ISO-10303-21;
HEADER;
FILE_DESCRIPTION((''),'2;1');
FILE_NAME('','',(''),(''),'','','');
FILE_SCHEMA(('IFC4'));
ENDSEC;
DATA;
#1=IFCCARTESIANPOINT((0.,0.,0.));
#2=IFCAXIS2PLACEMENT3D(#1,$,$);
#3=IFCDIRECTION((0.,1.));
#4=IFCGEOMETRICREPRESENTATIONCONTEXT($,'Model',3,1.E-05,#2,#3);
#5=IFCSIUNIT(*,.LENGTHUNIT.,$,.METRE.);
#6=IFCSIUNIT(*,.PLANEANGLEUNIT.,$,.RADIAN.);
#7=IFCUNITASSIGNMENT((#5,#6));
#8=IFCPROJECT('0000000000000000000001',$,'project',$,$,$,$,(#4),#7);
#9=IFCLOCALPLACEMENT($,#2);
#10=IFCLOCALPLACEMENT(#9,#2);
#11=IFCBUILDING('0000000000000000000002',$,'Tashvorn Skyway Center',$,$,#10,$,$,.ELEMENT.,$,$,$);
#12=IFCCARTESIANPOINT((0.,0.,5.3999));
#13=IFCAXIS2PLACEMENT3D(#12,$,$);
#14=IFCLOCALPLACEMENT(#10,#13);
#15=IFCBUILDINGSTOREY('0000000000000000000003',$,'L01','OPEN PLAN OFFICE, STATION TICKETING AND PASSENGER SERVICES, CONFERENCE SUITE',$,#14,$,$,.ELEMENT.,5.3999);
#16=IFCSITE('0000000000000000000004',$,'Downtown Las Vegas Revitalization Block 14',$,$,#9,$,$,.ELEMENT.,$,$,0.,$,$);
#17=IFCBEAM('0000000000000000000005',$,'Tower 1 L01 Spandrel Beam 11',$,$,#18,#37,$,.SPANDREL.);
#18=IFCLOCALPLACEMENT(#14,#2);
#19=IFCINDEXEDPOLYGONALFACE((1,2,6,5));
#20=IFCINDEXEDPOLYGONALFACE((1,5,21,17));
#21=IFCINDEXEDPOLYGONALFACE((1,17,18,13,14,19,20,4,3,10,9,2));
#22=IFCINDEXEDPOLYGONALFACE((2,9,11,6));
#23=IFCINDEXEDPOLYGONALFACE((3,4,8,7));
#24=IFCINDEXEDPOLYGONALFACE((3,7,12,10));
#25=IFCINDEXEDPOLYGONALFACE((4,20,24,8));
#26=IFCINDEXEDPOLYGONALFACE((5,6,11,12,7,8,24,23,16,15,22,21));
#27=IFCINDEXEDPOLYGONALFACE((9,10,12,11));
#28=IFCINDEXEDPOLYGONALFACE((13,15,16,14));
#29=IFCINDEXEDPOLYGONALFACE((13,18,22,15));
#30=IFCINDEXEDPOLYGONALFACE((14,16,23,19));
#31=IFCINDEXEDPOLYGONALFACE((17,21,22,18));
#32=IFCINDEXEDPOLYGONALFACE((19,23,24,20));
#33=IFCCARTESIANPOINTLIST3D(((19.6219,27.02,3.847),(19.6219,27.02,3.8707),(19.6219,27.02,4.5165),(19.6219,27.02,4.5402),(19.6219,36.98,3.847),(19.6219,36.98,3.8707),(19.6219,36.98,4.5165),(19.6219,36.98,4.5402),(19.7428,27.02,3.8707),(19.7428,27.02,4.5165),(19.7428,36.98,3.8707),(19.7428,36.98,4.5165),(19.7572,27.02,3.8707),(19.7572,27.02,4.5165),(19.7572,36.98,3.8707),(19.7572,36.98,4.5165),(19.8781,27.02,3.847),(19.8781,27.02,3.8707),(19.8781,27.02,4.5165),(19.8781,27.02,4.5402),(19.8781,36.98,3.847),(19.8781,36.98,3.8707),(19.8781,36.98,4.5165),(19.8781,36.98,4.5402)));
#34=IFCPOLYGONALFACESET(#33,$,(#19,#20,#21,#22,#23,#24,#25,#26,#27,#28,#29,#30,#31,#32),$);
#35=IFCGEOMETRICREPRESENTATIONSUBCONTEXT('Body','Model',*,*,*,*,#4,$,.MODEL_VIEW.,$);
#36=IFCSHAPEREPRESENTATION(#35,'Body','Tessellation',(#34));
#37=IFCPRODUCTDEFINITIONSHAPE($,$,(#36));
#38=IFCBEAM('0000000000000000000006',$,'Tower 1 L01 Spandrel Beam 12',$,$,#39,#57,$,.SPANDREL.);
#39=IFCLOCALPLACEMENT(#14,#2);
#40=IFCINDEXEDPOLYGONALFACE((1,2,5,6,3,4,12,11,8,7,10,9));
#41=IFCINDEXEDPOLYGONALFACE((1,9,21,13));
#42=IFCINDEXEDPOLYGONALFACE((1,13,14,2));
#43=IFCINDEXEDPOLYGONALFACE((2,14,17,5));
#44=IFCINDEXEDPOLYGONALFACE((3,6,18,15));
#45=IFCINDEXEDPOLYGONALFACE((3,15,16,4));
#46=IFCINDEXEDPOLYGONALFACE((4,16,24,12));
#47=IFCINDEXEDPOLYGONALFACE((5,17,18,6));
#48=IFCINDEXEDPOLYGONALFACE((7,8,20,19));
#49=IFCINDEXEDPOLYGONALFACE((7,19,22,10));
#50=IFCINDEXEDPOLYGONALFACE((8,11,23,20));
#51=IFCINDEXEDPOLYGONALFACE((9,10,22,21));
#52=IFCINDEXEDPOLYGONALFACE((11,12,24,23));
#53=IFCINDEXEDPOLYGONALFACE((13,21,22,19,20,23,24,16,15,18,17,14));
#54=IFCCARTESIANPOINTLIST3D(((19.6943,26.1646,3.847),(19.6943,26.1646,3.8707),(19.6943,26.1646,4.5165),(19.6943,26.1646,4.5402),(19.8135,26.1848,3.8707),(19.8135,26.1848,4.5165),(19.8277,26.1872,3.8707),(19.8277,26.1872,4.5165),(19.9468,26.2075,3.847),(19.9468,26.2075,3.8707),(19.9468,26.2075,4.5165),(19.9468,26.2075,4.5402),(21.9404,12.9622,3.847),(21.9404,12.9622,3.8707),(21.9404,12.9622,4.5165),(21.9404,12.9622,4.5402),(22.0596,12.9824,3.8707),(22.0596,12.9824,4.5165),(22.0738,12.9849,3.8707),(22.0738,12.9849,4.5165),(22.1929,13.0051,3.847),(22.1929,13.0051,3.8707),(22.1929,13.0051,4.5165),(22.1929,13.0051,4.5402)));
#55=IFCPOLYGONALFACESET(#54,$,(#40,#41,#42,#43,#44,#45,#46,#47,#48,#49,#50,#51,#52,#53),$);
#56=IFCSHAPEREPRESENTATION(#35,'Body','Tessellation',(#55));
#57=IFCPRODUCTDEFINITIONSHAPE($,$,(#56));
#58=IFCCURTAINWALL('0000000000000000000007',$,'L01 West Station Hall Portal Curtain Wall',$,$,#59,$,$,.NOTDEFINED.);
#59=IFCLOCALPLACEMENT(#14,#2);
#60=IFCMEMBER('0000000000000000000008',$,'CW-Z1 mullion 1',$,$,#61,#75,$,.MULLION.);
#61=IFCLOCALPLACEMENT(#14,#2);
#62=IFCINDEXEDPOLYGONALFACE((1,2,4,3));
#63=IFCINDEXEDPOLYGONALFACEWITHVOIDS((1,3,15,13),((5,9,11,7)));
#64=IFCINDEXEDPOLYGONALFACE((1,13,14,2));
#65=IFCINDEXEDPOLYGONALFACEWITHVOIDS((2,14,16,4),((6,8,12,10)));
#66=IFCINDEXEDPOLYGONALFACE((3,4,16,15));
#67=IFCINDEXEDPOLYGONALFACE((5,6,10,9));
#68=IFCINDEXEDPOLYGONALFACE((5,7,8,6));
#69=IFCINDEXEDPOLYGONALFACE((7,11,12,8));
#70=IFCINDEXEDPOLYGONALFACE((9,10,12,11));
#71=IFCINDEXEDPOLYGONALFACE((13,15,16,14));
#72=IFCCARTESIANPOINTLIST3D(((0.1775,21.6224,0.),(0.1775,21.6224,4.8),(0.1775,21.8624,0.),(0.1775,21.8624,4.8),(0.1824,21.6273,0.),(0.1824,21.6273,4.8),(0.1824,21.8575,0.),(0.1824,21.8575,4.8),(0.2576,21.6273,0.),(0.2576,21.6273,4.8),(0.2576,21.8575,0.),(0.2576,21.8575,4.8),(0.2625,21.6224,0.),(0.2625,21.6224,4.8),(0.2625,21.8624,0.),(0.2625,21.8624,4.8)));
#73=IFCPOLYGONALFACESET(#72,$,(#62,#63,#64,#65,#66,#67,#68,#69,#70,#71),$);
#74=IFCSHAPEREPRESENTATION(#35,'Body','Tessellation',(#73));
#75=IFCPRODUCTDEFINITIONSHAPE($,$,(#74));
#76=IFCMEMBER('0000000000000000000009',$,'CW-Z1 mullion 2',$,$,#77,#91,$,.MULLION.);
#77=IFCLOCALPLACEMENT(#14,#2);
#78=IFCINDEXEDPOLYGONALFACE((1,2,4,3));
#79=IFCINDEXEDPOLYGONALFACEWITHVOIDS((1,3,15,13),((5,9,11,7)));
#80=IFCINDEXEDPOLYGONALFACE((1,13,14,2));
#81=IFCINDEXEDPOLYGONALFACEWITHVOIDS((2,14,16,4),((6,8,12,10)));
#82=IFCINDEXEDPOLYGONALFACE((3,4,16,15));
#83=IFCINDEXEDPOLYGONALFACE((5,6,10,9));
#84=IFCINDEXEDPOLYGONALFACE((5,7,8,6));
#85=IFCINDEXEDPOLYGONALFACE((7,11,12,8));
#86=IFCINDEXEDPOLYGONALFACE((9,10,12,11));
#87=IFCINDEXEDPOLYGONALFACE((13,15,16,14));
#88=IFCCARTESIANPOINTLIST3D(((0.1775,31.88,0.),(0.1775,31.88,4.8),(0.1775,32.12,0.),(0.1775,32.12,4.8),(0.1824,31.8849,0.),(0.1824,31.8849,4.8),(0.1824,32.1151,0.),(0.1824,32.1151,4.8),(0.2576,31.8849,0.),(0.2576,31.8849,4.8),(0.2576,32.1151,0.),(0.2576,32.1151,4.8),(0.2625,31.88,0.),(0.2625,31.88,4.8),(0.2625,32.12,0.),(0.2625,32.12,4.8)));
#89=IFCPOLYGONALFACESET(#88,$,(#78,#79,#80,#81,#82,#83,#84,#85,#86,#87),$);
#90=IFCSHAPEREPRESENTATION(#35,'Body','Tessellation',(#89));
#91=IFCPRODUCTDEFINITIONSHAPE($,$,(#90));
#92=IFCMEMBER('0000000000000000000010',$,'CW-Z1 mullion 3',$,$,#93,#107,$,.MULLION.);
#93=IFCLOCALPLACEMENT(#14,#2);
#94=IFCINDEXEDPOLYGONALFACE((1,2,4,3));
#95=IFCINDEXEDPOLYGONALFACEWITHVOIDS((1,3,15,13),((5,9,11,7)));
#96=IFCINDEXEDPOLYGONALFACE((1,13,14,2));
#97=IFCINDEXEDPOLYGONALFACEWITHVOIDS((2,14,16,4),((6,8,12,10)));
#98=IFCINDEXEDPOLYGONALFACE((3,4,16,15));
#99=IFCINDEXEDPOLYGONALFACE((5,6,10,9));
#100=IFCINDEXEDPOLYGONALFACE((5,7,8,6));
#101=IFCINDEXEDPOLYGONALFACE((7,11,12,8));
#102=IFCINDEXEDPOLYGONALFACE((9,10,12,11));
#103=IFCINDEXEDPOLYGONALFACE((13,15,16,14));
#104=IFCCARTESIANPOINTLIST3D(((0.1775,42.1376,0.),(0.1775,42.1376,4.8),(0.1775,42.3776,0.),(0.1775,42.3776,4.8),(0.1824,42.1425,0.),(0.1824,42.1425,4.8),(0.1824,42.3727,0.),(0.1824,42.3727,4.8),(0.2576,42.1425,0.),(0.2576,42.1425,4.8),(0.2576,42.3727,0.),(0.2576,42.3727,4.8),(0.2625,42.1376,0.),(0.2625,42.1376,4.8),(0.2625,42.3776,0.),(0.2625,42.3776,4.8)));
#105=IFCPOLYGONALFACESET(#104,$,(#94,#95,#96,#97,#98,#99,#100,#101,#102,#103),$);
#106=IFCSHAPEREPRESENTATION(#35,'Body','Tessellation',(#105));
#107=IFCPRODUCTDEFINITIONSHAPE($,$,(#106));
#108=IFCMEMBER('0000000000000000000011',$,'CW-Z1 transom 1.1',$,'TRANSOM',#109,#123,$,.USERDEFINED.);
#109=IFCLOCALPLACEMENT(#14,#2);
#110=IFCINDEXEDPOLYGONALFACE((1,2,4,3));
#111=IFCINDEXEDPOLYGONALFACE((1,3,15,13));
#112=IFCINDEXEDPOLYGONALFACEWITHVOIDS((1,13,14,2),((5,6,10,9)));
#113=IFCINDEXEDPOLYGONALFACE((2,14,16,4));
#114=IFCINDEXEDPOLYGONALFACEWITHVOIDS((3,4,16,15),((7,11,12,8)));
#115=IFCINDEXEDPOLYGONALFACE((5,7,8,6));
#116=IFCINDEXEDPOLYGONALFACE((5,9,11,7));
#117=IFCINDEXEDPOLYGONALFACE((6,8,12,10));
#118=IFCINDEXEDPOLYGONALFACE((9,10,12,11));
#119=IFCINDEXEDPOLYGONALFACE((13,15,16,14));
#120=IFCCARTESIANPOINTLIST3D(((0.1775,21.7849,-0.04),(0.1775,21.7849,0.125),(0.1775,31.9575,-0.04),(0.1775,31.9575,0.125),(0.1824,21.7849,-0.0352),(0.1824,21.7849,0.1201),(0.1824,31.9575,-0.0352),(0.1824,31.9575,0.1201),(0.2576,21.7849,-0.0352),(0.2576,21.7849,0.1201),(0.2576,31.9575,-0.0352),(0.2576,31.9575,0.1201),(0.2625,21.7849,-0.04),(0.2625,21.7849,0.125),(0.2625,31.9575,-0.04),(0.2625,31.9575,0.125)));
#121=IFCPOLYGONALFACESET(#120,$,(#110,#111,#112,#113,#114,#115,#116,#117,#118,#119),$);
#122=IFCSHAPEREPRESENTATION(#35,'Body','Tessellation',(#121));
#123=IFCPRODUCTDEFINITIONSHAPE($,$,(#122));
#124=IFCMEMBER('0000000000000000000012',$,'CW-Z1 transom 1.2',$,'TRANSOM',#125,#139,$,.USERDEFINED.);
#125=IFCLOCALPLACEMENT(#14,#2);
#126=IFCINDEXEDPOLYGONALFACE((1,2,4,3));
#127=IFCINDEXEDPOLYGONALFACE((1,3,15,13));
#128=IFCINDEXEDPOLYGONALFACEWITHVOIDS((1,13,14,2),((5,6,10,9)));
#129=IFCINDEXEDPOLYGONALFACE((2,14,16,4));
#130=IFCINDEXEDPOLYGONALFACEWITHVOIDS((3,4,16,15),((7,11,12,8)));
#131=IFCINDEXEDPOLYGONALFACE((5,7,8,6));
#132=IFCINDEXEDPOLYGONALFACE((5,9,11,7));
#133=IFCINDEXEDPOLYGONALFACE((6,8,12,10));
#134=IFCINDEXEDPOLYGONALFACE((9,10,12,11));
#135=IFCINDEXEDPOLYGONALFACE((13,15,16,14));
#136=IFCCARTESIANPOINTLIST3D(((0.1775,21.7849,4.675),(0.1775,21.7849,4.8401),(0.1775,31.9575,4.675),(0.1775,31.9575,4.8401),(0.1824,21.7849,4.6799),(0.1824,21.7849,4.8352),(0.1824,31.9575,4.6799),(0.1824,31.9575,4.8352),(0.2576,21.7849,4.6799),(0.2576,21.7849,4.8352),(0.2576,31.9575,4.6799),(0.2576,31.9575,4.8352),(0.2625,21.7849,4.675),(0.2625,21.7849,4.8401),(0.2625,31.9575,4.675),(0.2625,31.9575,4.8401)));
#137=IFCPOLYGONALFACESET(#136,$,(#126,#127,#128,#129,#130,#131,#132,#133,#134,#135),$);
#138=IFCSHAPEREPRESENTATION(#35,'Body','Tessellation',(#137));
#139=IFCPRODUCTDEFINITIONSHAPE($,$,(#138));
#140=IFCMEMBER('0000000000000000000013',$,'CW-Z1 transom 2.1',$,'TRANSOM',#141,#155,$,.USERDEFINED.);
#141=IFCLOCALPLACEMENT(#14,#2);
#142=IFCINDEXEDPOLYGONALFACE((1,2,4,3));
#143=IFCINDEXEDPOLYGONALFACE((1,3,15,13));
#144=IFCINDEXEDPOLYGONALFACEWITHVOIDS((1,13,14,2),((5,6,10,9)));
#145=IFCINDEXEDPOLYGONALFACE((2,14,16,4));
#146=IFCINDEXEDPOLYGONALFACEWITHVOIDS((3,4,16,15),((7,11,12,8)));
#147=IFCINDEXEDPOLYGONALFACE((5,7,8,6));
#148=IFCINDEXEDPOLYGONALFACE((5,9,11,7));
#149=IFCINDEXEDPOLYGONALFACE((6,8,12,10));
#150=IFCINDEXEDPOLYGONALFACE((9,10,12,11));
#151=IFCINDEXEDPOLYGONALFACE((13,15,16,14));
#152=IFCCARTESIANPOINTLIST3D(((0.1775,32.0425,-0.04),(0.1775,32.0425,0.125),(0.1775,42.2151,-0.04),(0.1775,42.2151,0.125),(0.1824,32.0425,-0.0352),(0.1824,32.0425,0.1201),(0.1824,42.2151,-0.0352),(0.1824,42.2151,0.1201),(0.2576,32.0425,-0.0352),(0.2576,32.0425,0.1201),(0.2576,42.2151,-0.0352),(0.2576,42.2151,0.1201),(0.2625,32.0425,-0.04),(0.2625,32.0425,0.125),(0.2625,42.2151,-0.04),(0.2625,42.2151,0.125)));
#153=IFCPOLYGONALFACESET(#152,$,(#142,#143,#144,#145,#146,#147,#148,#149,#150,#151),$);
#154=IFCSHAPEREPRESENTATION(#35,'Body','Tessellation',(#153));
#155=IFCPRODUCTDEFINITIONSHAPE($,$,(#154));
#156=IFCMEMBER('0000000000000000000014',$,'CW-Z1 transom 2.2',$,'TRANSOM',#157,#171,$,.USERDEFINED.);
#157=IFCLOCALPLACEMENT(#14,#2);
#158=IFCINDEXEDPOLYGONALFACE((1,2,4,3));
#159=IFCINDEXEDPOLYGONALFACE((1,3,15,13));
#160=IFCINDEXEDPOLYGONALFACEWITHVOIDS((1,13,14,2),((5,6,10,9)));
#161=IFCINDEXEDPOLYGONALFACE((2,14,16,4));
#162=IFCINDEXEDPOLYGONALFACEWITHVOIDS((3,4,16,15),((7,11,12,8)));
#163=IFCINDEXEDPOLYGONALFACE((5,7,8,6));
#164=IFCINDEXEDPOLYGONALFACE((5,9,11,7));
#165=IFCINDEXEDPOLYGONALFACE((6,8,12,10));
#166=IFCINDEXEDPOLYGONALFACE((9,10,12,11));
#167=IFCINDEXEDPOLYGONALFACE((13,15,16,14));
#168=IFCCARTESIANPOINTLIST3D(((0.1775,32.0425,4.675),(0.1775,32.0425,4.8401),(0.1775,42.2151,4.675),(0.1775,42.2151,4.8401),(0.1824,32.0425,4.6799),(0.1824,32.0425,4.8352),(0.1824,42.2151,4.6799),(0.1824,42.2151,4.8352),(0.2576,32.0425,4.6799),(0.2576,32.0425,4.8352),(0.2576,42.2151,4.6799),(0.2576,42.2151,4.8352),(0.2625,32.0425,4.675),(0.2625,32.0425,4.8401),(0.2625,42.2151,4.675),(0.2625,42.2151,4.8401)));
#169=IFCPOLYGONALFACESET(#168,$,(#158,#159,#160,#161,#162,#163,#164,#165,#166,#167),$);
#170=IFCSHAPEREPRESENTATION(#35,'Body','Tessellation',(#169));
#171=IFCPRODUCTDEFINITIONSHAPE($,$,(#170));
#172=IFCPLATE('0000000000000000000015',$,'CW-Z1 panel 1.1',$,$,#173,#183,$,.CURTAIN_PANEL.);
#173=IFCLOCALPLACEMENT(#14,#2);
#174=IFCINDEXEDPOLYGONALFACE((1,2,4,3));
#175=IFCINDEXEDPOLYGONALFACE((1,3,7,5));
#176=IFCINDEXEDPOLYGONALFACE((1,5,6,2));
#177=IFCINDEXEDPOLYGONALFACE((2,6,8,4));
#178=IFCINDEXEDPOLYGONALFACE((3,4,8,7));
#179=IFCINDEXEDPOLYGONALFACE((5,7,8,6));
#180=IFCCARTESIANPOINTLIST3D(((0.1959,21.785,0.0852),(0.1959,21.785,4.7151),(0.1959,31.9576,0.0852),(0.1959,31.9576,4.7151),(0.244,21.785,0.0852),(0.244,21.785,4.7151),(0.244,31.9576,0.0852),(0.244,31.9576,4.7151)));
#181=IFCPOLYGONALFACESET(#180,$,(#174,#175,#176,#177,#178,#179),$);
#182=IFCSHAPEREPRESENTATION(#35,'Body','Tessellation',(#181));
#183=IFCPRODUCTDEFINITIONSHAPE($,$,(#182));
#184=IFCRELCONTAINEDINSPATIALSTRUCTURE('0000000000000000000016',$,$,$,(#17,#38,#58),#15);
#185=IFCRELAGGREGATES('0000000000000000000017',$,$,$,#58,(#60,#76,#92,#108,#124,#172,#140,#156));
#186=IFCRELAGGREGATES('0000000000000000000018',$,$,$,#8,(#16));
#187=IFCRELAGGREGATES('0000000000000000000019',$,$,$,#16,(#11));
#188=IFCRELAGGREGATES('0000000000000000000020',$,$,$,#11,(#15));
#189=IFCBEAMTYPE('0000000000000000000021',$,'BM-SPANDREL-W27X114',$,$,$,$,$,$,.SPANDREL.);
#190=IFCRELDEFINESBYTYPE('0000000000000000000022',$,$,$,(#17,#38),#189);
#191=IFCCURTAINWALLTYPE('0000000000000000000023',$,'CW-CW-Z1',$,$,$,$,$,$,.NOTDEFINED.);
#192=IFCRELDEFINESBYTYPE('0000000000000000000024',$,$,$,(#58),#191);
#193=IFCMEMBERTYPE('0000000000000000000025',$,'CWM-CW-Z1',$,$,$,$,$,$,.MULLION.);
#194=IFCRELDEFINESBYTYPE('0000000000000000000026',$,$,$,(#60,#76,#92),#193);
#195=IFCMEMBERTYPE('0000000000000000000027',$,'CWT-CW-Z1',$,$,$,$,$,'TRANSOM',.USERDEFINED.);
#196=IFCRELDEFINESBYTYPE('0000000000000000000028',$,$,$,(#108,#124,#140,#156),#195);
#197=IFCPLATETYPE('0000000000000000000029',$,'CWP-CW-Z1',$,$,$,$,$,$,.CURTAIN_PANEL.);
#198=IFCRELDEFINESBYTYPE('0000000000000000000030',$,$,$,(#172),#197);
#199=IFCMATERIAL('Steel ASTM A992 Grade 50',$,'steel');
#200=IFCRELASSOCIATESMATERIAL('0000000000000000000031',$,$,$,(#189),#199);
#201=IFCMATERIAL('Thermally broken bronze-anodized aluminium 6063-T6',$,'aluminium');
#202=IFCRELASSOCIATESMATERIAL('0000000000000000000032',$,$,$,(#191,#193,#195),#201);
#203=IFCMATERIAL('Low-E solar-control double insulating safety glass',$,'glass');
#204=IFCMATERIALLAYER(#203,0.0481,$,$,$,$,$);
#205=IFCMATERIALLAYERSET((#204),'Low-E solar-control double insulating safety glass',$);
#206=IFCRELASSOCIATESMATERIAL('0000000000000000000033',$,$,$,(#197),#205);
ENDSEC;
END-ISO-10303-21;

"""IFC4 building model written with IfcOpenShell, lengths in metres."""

from ifc_helpers import new_model, si_unit, direction, frame, origin, origin_2d, place, context, subcontext, project, spatial, rectangle, hollow_rectangle, i_section, extrude, material, layer, layer_set, material_profile, profile_set, type_object, element, aggregate, save


model = new_model("IFC4")

# Units and contexts
model_context = context("Model", 3, precision=1e-05, world=origin(), true_north=direction((0.0, 1.0)))
body_context = subcontext(model_context, "Body", "Model", "MODEL_VIEW")
ifc_project = project(units=[si_unit("LENGTHUNIT", "METRE"), si_unit("PLANEANGLEUNIT", "RADIAN")], contexts=[model_context])

# Site, building, storey
site_placement = place(None, origin())
site = spatial("IfcSite", under=ifc_project, at=site_placement, Name="Downtown Las Vegas Revitalization Block 14", CompositionType="ELEMENT", RefElevation=0.0)
building_placement = place(site_placement, origin())
building = spatial("IfcBuilding", under=site, at=building_placement, Name="Tashvorn Skyway Center", CompositionType="ELEMENT")
storey_placement = place(building_placement, frame((0.0, 0.0, 5.3999)))
storey = spatial("IfcBuildingStorey", under=building, at=storey_placement, Name="L01", Description="OPEN PLAN OFFICE, STATION TICKETING AND PASSENGER SERVICES, CONFERENCE SUITE", CompositionType="ELEMENT", Elevation=5.3999)

# Beams
ifc_material_1 = material(Name="Steel ASTM A992 Grade 50", Category="steel")
ifc_material_profile_1 = material_profile(ifc_material_1, i_section(OverallWidth=0.2561, OverallDepth=0.6931, WebThickness=0.0144, FlangeThickness=0.0237, at=origin_2d()), Name="W27X114")
ifc_profile_set_1 = profile_set([ifc_material_profile_1], Name="Steel ASTM A992 Grade 50")
beam_type_1 = type_object("IfcBeamType", Name="BM-SPANDREL-W27X114", PredefinedType="SPANDREL", material=ifc_profile_set_1)
beam_1_placement = place(storey_placement, frame((19.75, 36.98, 4.1936), z_axis=(0.0, -1.0, 0.0), x_axis=(1.0, 0.0, 0.0)))
element("IfcBeam", 1, at=beam_1_placement, inside=storey, type_object=beam_type_1, Name="Tower 1 L01 Spandrel Beam 11", PredefinedType="SPANDREL", context=body_context, shape_type="SweptSolid", body=[
    extrude(i_section(OverallWidth=0.2561, OverallDepth=0.6931, WebThickness=0.0144, FlangeThickness=0.0237, at=origin_2d()), origin(), (0.0, 0.0, 1.0), 9.96),
])
beam_2_placement = place(storey_placement, frame((19.8206, 26.186, 4.1936), z_axis=(0.167718, -0.985835, 0.0), x_axis=(0.985835, 0.167718, 0.0)))
element("IfcBeam", 2, at=beam_2_placement, inside=storey, type_object=beam_type_1, Name="Tower 1 L01 Spandrel Beam 12", PredefinedType="SPANDREL", context=body_context, shape_type="SweptSolid", body=[
    extrude(i_section(OverallWidth=0.2561, OverallDepth=0.6931, WebThickness=0.0144, FlangeThickness=0.0237, at=origin_2d()), origin(), (0.0, 0.0, 1.0), 13.3921),
])

# Curtain wall, members, plate
ifc_material_2 = material(Name="Thermally broken bronze-anodized aluminium 6063-T6", Category="aluminium")
curtain_wall_type = type_object("IfcCurtainWallType", Name="CW-CW-Z1", PredefinedType="NOTDEFINED", material=ifc_material_2)
curtain_wall_placement = place(storey_placement, origin())
curtain_wall = element("IfcCurtainWall", 3, at=curtain_wall_placement, inside=storey, type_object=curtain_wall_type, Name="L01 West Station Hall Portal Curtain Wall", PredefinedType="NOTDEFINED")
ifc_material_profile_2 = material_profile(ifc_material_2, hollow_rectangle(XDim=0.085, YDim=0.24, WallThickness=0.0049, at=origin_2d()), Name="ALU-MULL-85x240")
ifc_profile_set_2 = profile_set([ifc_material_profile_2], Name="Thermally broken bronze-anodized aluminium 6063-T6")
member_type_1 = type_object("IfcMemberType", Name="CWM-CW-Z1", PredefinedType="MULLION", material=ifc_profile_set_2)
member_1_placement = place(storey_placement, frame((0.22, 21.7424, 0.0), z_axis=(0.0, 0.0, 1.0), x_axis=(-1.0, 0.0, 0.0)))
member_1 = element("IfcMember", 4, at=member_1_placement, type_object=member_type_1, Name="CW-Z1 mullion 1", PredefinedType="MULLION", context=body_context, shape_type="SweptSolid", body=[
    extrude(hollow_rectangle(XDim=0.085, YDim=0.24, WallThickness=0.0049, at=origin_2d()), origin(), (0.0, 0.0, 1.0), 4.8),
])
member_2_placement = place(storey_placement, frame((0.22, 32.0, 0.0), z_axis=(0.0, 0.0, 1.0), x_axis=(-1.0, 0.0, 0.0)))
member_2 = element("IfcMember", 5, at=member_2_placement, type_object=member_type_1, Name="CW-Z1 mullion 2", PredefinedType="MULLION", context=body_context, shape_type="SweptSolid", body=[
    extrude(hollow_rectangle(XDim=0.085, YDim=0.24, WallThickness=0.0049, at=origin_2d()), origin(), (0.0, 0.0, 1.0), 4.8),
])
member_3_placement = place(storey_placement, frame((0.22, 42.2576, 0.0), z_axis=(0.0, 0.0, 1.0), x_axis=(-1.0, 0.0, 0.0)))
member_3 = element("IfcMember", 6, at=member_3_placement, type_object=member_type_1, Name="CW-Z1 mullion 3", PredefinedType="MULLION", context=body_context, shape_type="SweptSolid", body=[
    extrude(hollow_rectangle(XDim=0.085, YDim=0.24, WallThickness=0.0049, at=origin_2d()), origin(), (0.0, 0.0, 1.0), 4.8),
])
ifc_material_profile_3 = material_profile(ifc_material_2, hollow_rectangle(XDim=0.085, YDim=0.165, WallThickness=0.0049, at=origin_2d()), Name="ALU-TRAN-85x165")
ifc_profile_set_3 = profile_set([ifc_material_profile_3], Name="Thermally broken bronze-anodized aluminium 6063-T6")
member_type_2 = type_object("IfcMemberType", Name="CWT-CW-Z1", ElementType="TRANSOM", PredefinedType="USERDEFINED", material=ifc_profile_set_3)
member_4_placement = place(storey_placement, frame((0.22, 21.7849, 0.0425), z_axis=(0.0, 1.0, 0.0), x_axis=(-1.0, 0.0, 0.0)))
member_4 = element("IfcMember", 7, at=member_4_placement, type_object=member_type_2, Name="CW-Z1 transom 1.1", ObjectType="TRANSOM", PredefinedType="USERDEFINED", context=body_context, shape_type="SweptSolid", body=[
    extrude(hollow_rectangle(XDim=0.085, YDim=0.165, WallThickness=0.0049, at=origin_2d()), origin(), (0.0, 0.0, 1.0), 10.1726),
])
member_5_placement = place(storey_placement, frame((0.22, 21.7849, 4.7576), z_axis=(0.0, 1.0, 0.0), x_axis=(-1.0, 0.0, 0.0)))
member_5 = element("IfcMember", 8, at=member_5_placement, type_object=member_type_2, Name="CW-Z1 transom 1.2", ObjectType="TRANSOM", PredefinedType="USERDEFINED", context=body_context, shape_type="SweptSolid", body=[
    extrude(hollow_rectangle(XDim=0.085, YDim=0.165, WallThickness=0.0049, at=origin_2d()), origin(), (0.0, 0.0, 1.0), 10.1726),
])
member_6_placement = place(storey_placement, frame((0.22, 32.0425, 0.0425), z_axis=(0.0, 1.0, 0.0), x_axis=(-1.0, 0.0, 0.0)))
member_6 = element("IfcMember", 9, at=member_6_placement, type_object=member_type_2, Name="CW-Z1 transom 2.1", ObjectType="TRANSOM", PredefinedType="USERDEFINED", context=body_context, shape_type="SweptSolid", body=[
    extrude(hollow_rectangle(XDim=0.085, YDim=0.165, WallThickness=0.0049, at=origin_2d()), origin(), (0.0, 0.0, 1.0), 10.1726),
])
member_7_placement = place(storey_placement, frame((0.22, 32.0425, 4.7576), z_axis=(0.0, 1.0, 0.0), x_axis=(-1.0, 0.0, 0.0)))
member_7 = element("IfcMember", 10, at=member_7_placement, type_object=member_type_2, Name="CW-Z1 transom 2.2", ObjectType="TRANSOM", PredefinedType="USERDEFINED", context=body_context, shape_type="SweptSolid", body=[
    extrude(hollow_rectangle(XDim=0.085, YDim=0.165, WallThickness=0.0049, at=origin_2d()), origin(), (0.0, 0.0, 1.0), 10.1726),
])
ifc_material_3 = material(Name="Low-E solar-control double insulating safety glass", Category="glass")
ifc_layer_1 = layer(ifc_material_3, 0.0481)
ifc_layer_set_1 = layer_set([ifc_layer_1], Name="Low-E solar-control double insulating safety glass")
plate_type = type_object("IfcPlateType", Name="CWP-CW-Z1", PredefinedType="CURTAIN_PANEL", material=ifc_layer_set_1)
plate_1_placement = place(storey_placement, frame((0.22, 26.8713, 0.0852), z_axis=(0.0, 0.0, 1.0), x_axis=(0.0, 1.0, 0.0)))
plate_1 = element("IfcPlate", 11, at=plate_1_placement, type_object=plate_type, Name="CW-Z1 panel 1.1", PredefinedType="CURTAIN_PANEL", context=body_context, shape_type="SweptSolid", body=[
    extrude(rectangle(XDim=10.1726, YDim=0.0481, at=origin_2d()), origin(), (0.0, 0.0, 1.0), 4.6299),
])
aggregate(curtain_wall, [member_1, member_2, member_3, member_4, member_5, plate_1, member_6, member_7])

save(model, "model.ifc")
